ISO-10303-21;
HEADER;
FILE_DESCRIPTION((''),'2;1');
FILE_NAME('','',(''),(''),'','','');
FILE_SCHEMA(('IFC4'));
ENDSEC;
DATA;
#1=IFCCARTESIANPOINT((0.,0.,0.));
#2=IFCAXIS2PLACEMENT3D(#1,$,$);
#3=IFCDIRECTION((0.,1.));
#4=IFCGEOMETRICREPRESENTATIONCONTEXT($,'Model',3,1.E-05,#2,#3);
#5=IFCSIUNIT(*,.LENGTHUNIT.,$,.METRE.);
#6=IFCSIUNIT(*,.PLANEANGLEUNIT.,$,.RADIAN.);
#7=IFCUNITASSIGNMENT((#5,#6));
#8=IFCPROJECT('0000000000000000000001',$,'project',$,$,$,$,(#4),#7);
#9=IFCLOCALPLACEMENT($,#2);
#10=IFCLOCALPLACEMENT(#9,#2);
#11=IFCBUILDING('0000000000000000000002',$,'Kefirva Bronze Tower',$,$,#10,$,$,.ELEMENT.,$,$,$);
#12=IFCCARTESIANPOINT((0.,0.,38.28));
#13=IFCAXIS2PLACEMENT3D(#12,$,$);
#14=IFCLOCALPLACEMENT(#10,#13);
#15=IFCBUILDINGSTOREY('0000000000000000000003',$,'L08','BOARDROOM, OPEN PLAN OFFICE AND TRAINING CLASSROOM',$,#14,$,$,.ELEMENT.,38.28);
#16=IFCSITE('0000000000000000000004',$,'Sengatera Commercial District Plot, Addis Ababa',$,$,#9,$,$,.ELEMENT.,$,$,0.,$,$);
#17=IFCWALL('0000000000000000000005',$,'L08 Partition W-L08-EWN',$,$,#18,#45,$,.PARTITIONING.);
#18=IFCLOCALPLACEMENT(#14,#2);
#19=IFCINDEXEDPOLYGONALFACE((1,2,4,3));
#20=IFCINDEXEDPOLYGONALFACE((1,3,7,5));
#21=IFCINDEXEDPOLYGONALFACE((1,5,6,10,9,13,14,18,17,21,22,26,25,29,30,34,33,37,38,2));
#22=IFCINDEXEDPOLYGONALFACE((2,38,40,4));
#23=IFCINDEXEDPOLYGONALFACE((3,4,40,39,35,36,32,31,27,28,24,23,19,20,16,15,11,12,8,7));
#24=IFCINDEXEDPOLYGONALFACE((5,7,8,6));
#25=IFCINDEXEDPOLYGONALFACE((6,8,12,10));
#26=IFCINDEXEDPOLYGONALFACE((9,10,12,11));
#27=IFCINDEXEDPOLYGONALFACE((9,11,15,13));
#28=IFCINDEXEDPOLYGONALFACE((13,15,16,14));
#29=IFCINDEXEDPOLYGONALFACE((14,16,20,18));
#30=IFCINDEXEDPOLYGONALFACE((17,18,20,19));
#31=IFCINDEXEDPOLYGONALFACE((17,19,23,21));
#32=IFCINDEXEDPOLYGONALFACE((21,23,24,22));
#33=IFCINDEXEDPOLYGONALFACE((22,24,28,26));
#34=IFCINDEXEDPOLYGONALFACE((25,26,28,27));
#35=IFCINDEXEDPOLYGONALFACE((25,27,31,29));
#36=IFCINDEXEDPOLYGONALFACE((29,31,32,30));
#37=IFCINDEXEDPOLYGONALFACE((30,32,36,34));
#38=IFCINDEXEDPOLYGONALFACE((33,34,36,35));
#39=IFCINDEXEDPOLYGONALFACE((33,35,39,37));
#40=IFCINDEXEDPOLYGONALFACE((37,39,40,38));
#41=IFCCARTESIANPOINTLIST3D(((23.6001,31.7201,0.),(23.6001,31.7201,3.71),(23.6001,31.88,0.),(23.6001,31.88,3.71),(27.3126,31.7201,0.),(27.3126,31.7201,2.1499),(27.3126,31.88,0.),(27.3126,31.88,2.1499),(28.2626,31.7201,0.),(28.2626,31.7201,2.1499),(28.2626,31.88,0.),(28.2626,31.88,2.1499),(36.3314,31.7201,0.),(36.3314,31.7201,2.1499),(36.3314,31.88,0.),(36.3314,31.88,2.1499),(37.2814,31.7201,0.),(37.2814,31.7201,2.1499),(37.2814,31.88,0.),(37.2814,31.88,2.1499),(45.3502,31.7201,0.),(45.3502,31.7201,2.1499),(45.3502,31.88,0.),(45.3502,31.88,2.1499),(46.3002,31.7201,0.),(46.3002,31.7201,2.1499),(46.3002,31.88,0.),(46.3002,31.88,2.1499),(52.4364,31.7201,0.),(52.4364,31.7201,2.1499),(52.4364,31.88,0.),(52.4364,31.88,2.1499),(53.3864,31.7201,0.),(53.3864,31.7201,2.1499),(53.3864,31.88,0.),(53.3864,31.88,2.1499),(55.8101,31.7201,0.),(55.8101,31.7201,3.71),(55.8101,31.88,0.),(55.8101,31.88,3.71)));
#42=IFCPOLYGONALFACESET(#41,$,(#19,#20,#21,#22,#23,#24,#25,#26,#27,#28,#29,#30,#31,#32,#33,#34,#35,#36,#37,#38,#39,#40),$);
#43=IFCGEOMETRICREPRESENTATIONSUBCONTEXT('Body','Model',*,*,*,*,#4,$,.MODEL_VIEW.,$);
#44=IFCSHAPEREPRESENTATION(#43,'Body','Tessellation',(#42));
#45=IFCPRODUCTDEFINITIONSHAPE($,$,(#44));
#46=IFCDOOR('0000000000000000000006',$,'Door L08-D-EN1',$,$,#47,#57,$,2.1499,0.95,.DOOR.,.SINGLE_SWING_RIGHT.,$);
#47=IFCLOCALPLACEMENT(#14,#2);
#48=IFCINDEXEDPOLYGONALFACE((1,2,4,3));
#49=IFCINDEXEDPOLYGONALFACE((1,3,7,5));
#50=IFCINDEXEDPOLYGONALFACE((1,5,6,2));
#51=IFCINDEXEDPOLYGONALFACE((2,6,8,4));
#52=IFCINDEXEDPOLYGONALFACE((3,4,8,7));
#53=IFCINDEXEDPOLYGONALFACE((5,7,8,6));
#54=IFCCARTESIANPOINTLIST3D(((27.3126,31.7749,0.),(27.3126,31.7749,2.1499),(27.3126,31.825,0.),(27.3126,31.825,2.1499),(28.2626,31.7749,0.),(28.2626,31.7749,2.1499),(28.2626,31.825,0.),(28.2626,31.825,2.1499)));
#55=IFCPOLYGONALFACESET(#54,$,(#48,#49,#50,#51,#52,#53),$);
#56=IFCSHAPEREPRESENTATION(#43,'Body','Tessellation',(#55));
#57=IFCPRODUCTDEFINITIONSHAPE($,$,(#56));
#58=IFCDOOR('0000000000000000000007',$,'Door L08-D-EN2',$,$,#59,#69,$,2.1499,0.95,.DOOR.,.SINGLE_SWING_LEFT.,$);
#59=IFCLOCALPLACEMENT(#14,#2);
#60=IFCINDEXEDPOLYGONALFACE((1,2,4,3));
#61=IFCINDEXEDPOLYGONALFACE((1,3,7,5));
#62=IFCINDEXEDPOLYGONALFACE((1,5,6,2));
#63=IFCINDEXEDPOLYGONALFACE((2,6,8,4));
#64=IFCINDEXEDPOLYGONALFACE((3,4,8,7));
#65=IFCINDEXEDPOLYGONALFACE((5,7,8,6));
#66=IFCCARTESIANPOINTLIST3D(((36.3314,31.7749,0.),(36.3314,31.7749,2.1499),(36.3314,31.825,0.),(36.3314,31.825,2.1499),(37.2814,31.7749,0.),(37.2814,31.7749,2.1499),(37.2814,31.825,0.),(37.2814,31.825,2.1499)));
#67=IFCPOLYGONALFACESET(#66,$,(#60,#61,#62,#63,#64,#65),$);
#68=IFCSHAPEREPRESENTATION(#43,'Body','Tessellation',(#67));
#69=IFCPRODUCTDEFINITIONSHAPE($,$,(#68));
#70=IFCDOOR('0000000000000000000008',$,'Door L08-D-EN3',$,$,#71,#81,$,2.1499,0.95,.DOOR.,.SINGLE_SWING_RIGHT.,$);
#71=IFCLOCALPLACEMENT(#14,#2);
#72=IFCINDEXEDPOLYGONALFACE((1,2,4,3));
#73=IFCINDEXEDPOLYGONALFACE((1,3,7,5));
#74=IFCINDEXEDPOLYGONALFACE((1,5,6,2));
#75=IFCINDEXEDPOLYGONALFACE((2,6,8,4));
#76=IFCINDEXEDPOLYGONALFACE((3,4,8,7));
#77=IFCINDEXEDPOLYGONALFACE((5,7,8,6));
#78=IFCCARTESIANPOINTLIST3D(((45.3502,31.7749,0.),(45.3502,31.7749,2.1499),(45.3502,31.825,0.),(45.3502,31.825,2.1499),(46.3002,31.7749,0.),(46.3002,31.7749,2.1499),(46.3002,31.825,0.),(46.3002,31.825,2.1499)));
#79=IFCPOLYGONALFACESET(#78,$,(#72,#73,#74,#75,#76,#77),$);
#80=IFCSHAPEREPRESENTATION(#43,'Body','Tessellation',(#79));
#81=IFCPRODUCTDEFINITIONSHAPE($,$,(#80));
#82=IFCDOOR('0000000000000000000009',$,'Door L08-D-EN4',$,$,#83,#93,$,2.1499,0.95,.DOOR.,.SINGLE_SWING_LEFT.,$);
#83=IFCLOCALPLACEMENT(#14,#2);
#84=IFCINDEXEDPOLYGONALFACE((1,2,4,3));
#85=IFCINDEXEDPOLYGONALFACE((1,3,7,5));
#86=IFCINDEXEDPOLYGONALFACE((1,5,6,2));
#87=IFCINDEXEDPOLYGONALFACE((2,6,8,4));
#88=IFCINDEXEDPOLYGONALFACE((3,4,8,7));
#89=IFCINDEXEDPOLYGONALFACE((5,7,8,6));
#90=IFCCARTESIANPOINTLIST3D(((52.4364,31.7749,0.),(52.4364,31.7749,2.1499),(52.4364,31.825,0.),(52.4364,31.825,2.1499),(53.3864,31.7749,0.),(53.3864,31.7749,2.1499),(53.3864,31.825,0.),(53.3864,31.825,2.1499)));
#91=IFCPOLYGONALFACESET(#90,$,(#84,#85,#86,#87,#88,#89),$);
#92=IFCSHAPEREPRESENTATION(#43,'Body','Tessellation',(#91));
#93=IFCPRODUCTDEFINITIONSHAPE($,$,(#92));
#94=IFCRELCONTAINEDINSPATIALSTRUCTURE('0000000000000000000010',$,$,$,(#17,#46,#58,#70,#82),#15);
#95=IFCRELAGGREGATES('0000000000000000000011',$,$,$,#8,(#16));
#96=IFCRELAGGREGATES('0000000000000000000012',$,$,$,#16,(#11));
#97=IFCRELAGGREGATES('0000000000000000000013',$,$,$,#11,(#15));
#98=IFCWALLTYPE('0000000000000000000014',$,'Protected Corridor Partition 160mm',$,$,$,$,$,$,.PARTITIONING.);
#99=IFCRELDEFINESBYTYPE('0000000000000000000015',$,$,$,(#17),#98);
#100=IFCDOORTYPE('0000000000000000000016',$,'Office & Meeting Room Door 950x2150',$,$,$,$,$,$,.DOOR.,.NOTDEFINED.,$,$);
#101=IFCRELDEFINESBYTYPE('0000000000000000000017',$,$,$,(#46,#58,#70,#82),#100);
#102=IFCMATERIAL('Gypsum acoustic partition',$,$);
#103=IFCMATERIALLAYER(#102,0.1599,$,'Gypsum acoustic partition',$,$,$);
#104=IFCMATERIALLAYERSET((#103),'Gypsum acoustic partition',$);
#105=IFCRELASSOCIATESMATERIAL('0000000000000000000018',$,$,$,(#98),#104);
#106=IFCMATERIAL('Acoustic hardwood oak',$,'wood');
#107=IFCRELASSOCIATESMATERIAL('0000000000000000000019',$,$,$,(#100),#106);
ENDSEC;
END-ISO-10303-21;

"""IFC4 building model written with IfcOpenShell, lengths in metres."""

from ifc_helpers import new_model, si_unit, direction, frame, frame_2d, origin, place, context, subcontext, project, spatial, rectangle, extrude, material, layer, layer_set, type_object, element, fill, save


model = new_model("IFC4")

# Units and contexts
model_context = context("Model", 3, precision=1e-05, world=origin(), true_north=direction((0.0, 1.0)))
body_context = subcontext(model_context, "Body", "Model", "MODEL_VIEW")
ifc_project = project(units=[si_unit("LENGTHUNIT", "METRE"), si_unit("PLANEANGLEUNIT", "RADIAN")], contexts=[model_context])

# Site, building, storey
site_placement = place(None, origin())
site = spatial("IfcSite", under=ifc_project, at=site_placement, Name="Sengatera Commercial District Plot, Addis Ababa", CompositionType="ELEMENT", RefElevation=0.0)
building_placement = place(site_placement, origin())
building = spatial("IfcBuilding", under=site, at=building_placement, Name="Kefirva Bronze Tower", CompositionType="ELEMENT")
storey_placement = place(building_placement, frame((0.0, 0.0, 38.28)))
storey = spatial("IfcBuildingStorey", under=building, at=storey_placement, Name="L08", Description="BOARDROOM, OPEN PLAN OFFICE AND TRAINING CLASSROOM", CompositionType="ELEMENT", Elevation=38.28)

# Shared definitions
ifc_material_1 = material(Name="Gypsum acoustic partition")

# Wall, openings, doors
ifc_layer_1 = layer(ifc_material_1, 0.1599, Name="Gypsum acoustic partition")
ifc_layer_set_1 = layer_set([ifc_layer_1], Name="Gypsum acoustic partition")
wall_type_1 = type_object("IfcWallType", Name="Protected Corridor Partition 160mm", PredefinedType="PARTITIONING", material=ifc_layer_set_1)
ifc_material_2 = material(Name="Acoustic hardwood oak", Category="wood")
door_type = type_object("IfcDoorType", Name="Office & Meeting Room Door 950x2150", OperationType="NOTDEFINED", PredefinedType="DOOR", material=ifc_material_2)
wall_1_placement = place(storey_placement, frame((23.6001, 31.8, 0.0), z_axis=(0.0, 0.0, 1.0), x_axis=(1.0, 0.0, 0.0)))
wall_1 = element("IfcWall", 1, at=wall_1_placement, inside=storey, type_object=wall_type_1, Name="L08 Partition W-L08-EWN", PredefinedType="PARTITIONING", context=body_context, shape_type="SweptSolid", body=[
    extrude(rectangle(XDim=32.21, YDim=0.1599, at=frame_2d((16.105, 0.0))), origin(), (0.0, 0.0, 1.0), 3.71),
])
opening_1_placement = place(wall_1_placement, frame((3.7124, 0.0, 0.0)))
opening_1 = element("IfcOpeningElement", 2, at=opening_1_placement, cuts=wall_1, PredefinedType="OPENING", context=body_context, shape_type="SweptSolid", body=[
    extrude(rectangle(XDim=0.95, YDim=2.1499, at=frame_2d((0.4751, 1.075))), frame((0.0, 0.0898, 0.0), z_axis=(0.0, -1.0, 0.0), x_axis=(1.0, 0.0, 0.0)), (0.0, 0.0, 1.0), 0.1799),
])
opening_2_placement = place(wall_1_placement, frame((12.7312, 0.0, 0.0)))
opening_2 = element("IfcOpeningElement", 3, at=opening_2_placement, cuts=wall_1, PredefinedType="OPENING", context=body_context, shape_type="SweptSolid", body=[
    extrude(rectangle(XDim=0.95, YDim=2.1499, at=frame_2d((0.4751, 1.075))), frame((0.0, 0.0898, 0.0), z_axis=(0.0, -1.0, 0.0), x_axis=(1.0, 0.0, 0.0)), (0.0, 0.0, 1.0), 0.1799),
])
opening_3_placement = place(wall_1_placement, frame((21.75, 0.0, 0.0)))
opening_3 = element("IfcOpeningElement", 4, at=opening_3_placement, cuts=wall_1, PredefinedType="OPENING", context=body_context, shape_type="SweptSolid", body=[
    extrude(rectangle(XDim=0.95, YDim=2.1499, at=frame_2d((0.4751, 1.075))), frame((0.0, 0.0898, 0.0), z_axis=(0.0, -1.0, 0.0), x_axis=(1.0, 0.0, 0.0)), (0.0, 0.0, 1.0), 0.1799),
])
opening_4_placement = place(wall_1_placement, frame((28.8362, 0.0, 0.0)))
opening_4 = element("IfcOpeningElement", 5, at=opening_4_placement, cuts=wall_1, PredefinedType="OPENING", context=body_context, shape_type="SweptSolid", body=[
    extrude(rectangle(XDim=0.95, YDim=2.1499, at=frame_2d((0.4751, 1.075))), frame((0.0, 0.0898, 0.0), z_axis=(0.0, -1.0, 0.0), x_axis=(1.0, 0.0, 0.0)), (0.0, 0.0, 1.0), 0.1799),
])
door_1_placement = place(opening_1_placement, origin())
door_1 = element("IfcDoor", 6, at=door_1_placement, inside=storey, type_object=door_type, Name="Door L08-D-EN1", OperationType="SINGLE_SWING_RIGHT", OverallHeight=2.1499, OverallWidth=0.95, PredefinedType="DOOR", context=body_context, shape_type="SweptSolid", body=[
    extrude(rectangle(XDim=0.95, YDim=2.1499, at=frame_2d((0.4751, 1.075))), frame((0.0, 0.0249, 0.0), z_axis=(0.0, -1.0, 0.0), x_axis=(1.0, 0.0, 0.0)), (0.0, 0.0, 1.0), 0.05),
])
fill(opening_1, door_1)
door_2_placement = place(opening_2_placement, origin())
door_2 = element("IfcDoor", 7, at=door_2_placement, inside=storey, type_object=door_type, Name="Door L08-D-EN2", OperationType="SINGLE_SWING_LEFT", OverallHeight=2.1499, OverallWidth=0.95, PredefinedType="DOOR", context=body_context, shape_type="SweptSolid", body=[
    extrude(rectangle(XDim=0.95, YDim=2.1499, at=frame_2d((0.4751, 1.075))), frame((0.0, 0.0249, 0.0), z_axis=(0.0, -1.0, 0.0), x_axis=(1.0, 0.0, 0.0)), (0.0, 0.0, 1.0), 0.05),
])
fill(opening_2, door_2)
door_3_placement = place(opening_3_placement, origin())
door_3 = element("IfcDoor", 8, at=door_3_placement, inside=storey, type_object=door_type, Name="Door L08-D-EN3", OperationType="SINGLE_SWING_RIGHT", OverallHeight=2.1499, OverallWidth=0.95, PredefinedType="DOOR", context=body_context, shape_type="SweptSolid", body=[
    extrude(rectangle(XDim=0.95, YDim=2.1499, at=frame_2d((0.4751, 1.075))), frame((0.0, 0.0249, 0.0), z_axis=(0.0, -1.0, 0.0), x_axis=(1.0, 0.0, 0.0)), (0.0, 0.0, 1.0), 0.05),
])
fill(opening_3, door_3)
door_4_placement = place(opening_4_placement, origin())
door_4 = element("IfcDoor", 9, at=door_4_placement, inside=storey, type_object=door_type, Name="Door L08-D-EN4", OperationType="SINGLE_SWING_LEFT", OverallHeight=2.1499, OverallWidth=0.95, PredefinedType="DOOR", context=body_context, shape_type="SweptSolid", body=[
    extrude(rectangle(XDim=0.95, YDim=2.1499, at=frame_2d((0.4751, 1.075))), frame((0.0, 0.0249, 0.0), z_axis=(0.0, -1.0, 0.0), x_axis=(1.0, 0.0, 0.0)), (0.0, 0.0, 1.0), 0.05),
])
fill(opening_4, door_4)

save(model, "model.ifc")
